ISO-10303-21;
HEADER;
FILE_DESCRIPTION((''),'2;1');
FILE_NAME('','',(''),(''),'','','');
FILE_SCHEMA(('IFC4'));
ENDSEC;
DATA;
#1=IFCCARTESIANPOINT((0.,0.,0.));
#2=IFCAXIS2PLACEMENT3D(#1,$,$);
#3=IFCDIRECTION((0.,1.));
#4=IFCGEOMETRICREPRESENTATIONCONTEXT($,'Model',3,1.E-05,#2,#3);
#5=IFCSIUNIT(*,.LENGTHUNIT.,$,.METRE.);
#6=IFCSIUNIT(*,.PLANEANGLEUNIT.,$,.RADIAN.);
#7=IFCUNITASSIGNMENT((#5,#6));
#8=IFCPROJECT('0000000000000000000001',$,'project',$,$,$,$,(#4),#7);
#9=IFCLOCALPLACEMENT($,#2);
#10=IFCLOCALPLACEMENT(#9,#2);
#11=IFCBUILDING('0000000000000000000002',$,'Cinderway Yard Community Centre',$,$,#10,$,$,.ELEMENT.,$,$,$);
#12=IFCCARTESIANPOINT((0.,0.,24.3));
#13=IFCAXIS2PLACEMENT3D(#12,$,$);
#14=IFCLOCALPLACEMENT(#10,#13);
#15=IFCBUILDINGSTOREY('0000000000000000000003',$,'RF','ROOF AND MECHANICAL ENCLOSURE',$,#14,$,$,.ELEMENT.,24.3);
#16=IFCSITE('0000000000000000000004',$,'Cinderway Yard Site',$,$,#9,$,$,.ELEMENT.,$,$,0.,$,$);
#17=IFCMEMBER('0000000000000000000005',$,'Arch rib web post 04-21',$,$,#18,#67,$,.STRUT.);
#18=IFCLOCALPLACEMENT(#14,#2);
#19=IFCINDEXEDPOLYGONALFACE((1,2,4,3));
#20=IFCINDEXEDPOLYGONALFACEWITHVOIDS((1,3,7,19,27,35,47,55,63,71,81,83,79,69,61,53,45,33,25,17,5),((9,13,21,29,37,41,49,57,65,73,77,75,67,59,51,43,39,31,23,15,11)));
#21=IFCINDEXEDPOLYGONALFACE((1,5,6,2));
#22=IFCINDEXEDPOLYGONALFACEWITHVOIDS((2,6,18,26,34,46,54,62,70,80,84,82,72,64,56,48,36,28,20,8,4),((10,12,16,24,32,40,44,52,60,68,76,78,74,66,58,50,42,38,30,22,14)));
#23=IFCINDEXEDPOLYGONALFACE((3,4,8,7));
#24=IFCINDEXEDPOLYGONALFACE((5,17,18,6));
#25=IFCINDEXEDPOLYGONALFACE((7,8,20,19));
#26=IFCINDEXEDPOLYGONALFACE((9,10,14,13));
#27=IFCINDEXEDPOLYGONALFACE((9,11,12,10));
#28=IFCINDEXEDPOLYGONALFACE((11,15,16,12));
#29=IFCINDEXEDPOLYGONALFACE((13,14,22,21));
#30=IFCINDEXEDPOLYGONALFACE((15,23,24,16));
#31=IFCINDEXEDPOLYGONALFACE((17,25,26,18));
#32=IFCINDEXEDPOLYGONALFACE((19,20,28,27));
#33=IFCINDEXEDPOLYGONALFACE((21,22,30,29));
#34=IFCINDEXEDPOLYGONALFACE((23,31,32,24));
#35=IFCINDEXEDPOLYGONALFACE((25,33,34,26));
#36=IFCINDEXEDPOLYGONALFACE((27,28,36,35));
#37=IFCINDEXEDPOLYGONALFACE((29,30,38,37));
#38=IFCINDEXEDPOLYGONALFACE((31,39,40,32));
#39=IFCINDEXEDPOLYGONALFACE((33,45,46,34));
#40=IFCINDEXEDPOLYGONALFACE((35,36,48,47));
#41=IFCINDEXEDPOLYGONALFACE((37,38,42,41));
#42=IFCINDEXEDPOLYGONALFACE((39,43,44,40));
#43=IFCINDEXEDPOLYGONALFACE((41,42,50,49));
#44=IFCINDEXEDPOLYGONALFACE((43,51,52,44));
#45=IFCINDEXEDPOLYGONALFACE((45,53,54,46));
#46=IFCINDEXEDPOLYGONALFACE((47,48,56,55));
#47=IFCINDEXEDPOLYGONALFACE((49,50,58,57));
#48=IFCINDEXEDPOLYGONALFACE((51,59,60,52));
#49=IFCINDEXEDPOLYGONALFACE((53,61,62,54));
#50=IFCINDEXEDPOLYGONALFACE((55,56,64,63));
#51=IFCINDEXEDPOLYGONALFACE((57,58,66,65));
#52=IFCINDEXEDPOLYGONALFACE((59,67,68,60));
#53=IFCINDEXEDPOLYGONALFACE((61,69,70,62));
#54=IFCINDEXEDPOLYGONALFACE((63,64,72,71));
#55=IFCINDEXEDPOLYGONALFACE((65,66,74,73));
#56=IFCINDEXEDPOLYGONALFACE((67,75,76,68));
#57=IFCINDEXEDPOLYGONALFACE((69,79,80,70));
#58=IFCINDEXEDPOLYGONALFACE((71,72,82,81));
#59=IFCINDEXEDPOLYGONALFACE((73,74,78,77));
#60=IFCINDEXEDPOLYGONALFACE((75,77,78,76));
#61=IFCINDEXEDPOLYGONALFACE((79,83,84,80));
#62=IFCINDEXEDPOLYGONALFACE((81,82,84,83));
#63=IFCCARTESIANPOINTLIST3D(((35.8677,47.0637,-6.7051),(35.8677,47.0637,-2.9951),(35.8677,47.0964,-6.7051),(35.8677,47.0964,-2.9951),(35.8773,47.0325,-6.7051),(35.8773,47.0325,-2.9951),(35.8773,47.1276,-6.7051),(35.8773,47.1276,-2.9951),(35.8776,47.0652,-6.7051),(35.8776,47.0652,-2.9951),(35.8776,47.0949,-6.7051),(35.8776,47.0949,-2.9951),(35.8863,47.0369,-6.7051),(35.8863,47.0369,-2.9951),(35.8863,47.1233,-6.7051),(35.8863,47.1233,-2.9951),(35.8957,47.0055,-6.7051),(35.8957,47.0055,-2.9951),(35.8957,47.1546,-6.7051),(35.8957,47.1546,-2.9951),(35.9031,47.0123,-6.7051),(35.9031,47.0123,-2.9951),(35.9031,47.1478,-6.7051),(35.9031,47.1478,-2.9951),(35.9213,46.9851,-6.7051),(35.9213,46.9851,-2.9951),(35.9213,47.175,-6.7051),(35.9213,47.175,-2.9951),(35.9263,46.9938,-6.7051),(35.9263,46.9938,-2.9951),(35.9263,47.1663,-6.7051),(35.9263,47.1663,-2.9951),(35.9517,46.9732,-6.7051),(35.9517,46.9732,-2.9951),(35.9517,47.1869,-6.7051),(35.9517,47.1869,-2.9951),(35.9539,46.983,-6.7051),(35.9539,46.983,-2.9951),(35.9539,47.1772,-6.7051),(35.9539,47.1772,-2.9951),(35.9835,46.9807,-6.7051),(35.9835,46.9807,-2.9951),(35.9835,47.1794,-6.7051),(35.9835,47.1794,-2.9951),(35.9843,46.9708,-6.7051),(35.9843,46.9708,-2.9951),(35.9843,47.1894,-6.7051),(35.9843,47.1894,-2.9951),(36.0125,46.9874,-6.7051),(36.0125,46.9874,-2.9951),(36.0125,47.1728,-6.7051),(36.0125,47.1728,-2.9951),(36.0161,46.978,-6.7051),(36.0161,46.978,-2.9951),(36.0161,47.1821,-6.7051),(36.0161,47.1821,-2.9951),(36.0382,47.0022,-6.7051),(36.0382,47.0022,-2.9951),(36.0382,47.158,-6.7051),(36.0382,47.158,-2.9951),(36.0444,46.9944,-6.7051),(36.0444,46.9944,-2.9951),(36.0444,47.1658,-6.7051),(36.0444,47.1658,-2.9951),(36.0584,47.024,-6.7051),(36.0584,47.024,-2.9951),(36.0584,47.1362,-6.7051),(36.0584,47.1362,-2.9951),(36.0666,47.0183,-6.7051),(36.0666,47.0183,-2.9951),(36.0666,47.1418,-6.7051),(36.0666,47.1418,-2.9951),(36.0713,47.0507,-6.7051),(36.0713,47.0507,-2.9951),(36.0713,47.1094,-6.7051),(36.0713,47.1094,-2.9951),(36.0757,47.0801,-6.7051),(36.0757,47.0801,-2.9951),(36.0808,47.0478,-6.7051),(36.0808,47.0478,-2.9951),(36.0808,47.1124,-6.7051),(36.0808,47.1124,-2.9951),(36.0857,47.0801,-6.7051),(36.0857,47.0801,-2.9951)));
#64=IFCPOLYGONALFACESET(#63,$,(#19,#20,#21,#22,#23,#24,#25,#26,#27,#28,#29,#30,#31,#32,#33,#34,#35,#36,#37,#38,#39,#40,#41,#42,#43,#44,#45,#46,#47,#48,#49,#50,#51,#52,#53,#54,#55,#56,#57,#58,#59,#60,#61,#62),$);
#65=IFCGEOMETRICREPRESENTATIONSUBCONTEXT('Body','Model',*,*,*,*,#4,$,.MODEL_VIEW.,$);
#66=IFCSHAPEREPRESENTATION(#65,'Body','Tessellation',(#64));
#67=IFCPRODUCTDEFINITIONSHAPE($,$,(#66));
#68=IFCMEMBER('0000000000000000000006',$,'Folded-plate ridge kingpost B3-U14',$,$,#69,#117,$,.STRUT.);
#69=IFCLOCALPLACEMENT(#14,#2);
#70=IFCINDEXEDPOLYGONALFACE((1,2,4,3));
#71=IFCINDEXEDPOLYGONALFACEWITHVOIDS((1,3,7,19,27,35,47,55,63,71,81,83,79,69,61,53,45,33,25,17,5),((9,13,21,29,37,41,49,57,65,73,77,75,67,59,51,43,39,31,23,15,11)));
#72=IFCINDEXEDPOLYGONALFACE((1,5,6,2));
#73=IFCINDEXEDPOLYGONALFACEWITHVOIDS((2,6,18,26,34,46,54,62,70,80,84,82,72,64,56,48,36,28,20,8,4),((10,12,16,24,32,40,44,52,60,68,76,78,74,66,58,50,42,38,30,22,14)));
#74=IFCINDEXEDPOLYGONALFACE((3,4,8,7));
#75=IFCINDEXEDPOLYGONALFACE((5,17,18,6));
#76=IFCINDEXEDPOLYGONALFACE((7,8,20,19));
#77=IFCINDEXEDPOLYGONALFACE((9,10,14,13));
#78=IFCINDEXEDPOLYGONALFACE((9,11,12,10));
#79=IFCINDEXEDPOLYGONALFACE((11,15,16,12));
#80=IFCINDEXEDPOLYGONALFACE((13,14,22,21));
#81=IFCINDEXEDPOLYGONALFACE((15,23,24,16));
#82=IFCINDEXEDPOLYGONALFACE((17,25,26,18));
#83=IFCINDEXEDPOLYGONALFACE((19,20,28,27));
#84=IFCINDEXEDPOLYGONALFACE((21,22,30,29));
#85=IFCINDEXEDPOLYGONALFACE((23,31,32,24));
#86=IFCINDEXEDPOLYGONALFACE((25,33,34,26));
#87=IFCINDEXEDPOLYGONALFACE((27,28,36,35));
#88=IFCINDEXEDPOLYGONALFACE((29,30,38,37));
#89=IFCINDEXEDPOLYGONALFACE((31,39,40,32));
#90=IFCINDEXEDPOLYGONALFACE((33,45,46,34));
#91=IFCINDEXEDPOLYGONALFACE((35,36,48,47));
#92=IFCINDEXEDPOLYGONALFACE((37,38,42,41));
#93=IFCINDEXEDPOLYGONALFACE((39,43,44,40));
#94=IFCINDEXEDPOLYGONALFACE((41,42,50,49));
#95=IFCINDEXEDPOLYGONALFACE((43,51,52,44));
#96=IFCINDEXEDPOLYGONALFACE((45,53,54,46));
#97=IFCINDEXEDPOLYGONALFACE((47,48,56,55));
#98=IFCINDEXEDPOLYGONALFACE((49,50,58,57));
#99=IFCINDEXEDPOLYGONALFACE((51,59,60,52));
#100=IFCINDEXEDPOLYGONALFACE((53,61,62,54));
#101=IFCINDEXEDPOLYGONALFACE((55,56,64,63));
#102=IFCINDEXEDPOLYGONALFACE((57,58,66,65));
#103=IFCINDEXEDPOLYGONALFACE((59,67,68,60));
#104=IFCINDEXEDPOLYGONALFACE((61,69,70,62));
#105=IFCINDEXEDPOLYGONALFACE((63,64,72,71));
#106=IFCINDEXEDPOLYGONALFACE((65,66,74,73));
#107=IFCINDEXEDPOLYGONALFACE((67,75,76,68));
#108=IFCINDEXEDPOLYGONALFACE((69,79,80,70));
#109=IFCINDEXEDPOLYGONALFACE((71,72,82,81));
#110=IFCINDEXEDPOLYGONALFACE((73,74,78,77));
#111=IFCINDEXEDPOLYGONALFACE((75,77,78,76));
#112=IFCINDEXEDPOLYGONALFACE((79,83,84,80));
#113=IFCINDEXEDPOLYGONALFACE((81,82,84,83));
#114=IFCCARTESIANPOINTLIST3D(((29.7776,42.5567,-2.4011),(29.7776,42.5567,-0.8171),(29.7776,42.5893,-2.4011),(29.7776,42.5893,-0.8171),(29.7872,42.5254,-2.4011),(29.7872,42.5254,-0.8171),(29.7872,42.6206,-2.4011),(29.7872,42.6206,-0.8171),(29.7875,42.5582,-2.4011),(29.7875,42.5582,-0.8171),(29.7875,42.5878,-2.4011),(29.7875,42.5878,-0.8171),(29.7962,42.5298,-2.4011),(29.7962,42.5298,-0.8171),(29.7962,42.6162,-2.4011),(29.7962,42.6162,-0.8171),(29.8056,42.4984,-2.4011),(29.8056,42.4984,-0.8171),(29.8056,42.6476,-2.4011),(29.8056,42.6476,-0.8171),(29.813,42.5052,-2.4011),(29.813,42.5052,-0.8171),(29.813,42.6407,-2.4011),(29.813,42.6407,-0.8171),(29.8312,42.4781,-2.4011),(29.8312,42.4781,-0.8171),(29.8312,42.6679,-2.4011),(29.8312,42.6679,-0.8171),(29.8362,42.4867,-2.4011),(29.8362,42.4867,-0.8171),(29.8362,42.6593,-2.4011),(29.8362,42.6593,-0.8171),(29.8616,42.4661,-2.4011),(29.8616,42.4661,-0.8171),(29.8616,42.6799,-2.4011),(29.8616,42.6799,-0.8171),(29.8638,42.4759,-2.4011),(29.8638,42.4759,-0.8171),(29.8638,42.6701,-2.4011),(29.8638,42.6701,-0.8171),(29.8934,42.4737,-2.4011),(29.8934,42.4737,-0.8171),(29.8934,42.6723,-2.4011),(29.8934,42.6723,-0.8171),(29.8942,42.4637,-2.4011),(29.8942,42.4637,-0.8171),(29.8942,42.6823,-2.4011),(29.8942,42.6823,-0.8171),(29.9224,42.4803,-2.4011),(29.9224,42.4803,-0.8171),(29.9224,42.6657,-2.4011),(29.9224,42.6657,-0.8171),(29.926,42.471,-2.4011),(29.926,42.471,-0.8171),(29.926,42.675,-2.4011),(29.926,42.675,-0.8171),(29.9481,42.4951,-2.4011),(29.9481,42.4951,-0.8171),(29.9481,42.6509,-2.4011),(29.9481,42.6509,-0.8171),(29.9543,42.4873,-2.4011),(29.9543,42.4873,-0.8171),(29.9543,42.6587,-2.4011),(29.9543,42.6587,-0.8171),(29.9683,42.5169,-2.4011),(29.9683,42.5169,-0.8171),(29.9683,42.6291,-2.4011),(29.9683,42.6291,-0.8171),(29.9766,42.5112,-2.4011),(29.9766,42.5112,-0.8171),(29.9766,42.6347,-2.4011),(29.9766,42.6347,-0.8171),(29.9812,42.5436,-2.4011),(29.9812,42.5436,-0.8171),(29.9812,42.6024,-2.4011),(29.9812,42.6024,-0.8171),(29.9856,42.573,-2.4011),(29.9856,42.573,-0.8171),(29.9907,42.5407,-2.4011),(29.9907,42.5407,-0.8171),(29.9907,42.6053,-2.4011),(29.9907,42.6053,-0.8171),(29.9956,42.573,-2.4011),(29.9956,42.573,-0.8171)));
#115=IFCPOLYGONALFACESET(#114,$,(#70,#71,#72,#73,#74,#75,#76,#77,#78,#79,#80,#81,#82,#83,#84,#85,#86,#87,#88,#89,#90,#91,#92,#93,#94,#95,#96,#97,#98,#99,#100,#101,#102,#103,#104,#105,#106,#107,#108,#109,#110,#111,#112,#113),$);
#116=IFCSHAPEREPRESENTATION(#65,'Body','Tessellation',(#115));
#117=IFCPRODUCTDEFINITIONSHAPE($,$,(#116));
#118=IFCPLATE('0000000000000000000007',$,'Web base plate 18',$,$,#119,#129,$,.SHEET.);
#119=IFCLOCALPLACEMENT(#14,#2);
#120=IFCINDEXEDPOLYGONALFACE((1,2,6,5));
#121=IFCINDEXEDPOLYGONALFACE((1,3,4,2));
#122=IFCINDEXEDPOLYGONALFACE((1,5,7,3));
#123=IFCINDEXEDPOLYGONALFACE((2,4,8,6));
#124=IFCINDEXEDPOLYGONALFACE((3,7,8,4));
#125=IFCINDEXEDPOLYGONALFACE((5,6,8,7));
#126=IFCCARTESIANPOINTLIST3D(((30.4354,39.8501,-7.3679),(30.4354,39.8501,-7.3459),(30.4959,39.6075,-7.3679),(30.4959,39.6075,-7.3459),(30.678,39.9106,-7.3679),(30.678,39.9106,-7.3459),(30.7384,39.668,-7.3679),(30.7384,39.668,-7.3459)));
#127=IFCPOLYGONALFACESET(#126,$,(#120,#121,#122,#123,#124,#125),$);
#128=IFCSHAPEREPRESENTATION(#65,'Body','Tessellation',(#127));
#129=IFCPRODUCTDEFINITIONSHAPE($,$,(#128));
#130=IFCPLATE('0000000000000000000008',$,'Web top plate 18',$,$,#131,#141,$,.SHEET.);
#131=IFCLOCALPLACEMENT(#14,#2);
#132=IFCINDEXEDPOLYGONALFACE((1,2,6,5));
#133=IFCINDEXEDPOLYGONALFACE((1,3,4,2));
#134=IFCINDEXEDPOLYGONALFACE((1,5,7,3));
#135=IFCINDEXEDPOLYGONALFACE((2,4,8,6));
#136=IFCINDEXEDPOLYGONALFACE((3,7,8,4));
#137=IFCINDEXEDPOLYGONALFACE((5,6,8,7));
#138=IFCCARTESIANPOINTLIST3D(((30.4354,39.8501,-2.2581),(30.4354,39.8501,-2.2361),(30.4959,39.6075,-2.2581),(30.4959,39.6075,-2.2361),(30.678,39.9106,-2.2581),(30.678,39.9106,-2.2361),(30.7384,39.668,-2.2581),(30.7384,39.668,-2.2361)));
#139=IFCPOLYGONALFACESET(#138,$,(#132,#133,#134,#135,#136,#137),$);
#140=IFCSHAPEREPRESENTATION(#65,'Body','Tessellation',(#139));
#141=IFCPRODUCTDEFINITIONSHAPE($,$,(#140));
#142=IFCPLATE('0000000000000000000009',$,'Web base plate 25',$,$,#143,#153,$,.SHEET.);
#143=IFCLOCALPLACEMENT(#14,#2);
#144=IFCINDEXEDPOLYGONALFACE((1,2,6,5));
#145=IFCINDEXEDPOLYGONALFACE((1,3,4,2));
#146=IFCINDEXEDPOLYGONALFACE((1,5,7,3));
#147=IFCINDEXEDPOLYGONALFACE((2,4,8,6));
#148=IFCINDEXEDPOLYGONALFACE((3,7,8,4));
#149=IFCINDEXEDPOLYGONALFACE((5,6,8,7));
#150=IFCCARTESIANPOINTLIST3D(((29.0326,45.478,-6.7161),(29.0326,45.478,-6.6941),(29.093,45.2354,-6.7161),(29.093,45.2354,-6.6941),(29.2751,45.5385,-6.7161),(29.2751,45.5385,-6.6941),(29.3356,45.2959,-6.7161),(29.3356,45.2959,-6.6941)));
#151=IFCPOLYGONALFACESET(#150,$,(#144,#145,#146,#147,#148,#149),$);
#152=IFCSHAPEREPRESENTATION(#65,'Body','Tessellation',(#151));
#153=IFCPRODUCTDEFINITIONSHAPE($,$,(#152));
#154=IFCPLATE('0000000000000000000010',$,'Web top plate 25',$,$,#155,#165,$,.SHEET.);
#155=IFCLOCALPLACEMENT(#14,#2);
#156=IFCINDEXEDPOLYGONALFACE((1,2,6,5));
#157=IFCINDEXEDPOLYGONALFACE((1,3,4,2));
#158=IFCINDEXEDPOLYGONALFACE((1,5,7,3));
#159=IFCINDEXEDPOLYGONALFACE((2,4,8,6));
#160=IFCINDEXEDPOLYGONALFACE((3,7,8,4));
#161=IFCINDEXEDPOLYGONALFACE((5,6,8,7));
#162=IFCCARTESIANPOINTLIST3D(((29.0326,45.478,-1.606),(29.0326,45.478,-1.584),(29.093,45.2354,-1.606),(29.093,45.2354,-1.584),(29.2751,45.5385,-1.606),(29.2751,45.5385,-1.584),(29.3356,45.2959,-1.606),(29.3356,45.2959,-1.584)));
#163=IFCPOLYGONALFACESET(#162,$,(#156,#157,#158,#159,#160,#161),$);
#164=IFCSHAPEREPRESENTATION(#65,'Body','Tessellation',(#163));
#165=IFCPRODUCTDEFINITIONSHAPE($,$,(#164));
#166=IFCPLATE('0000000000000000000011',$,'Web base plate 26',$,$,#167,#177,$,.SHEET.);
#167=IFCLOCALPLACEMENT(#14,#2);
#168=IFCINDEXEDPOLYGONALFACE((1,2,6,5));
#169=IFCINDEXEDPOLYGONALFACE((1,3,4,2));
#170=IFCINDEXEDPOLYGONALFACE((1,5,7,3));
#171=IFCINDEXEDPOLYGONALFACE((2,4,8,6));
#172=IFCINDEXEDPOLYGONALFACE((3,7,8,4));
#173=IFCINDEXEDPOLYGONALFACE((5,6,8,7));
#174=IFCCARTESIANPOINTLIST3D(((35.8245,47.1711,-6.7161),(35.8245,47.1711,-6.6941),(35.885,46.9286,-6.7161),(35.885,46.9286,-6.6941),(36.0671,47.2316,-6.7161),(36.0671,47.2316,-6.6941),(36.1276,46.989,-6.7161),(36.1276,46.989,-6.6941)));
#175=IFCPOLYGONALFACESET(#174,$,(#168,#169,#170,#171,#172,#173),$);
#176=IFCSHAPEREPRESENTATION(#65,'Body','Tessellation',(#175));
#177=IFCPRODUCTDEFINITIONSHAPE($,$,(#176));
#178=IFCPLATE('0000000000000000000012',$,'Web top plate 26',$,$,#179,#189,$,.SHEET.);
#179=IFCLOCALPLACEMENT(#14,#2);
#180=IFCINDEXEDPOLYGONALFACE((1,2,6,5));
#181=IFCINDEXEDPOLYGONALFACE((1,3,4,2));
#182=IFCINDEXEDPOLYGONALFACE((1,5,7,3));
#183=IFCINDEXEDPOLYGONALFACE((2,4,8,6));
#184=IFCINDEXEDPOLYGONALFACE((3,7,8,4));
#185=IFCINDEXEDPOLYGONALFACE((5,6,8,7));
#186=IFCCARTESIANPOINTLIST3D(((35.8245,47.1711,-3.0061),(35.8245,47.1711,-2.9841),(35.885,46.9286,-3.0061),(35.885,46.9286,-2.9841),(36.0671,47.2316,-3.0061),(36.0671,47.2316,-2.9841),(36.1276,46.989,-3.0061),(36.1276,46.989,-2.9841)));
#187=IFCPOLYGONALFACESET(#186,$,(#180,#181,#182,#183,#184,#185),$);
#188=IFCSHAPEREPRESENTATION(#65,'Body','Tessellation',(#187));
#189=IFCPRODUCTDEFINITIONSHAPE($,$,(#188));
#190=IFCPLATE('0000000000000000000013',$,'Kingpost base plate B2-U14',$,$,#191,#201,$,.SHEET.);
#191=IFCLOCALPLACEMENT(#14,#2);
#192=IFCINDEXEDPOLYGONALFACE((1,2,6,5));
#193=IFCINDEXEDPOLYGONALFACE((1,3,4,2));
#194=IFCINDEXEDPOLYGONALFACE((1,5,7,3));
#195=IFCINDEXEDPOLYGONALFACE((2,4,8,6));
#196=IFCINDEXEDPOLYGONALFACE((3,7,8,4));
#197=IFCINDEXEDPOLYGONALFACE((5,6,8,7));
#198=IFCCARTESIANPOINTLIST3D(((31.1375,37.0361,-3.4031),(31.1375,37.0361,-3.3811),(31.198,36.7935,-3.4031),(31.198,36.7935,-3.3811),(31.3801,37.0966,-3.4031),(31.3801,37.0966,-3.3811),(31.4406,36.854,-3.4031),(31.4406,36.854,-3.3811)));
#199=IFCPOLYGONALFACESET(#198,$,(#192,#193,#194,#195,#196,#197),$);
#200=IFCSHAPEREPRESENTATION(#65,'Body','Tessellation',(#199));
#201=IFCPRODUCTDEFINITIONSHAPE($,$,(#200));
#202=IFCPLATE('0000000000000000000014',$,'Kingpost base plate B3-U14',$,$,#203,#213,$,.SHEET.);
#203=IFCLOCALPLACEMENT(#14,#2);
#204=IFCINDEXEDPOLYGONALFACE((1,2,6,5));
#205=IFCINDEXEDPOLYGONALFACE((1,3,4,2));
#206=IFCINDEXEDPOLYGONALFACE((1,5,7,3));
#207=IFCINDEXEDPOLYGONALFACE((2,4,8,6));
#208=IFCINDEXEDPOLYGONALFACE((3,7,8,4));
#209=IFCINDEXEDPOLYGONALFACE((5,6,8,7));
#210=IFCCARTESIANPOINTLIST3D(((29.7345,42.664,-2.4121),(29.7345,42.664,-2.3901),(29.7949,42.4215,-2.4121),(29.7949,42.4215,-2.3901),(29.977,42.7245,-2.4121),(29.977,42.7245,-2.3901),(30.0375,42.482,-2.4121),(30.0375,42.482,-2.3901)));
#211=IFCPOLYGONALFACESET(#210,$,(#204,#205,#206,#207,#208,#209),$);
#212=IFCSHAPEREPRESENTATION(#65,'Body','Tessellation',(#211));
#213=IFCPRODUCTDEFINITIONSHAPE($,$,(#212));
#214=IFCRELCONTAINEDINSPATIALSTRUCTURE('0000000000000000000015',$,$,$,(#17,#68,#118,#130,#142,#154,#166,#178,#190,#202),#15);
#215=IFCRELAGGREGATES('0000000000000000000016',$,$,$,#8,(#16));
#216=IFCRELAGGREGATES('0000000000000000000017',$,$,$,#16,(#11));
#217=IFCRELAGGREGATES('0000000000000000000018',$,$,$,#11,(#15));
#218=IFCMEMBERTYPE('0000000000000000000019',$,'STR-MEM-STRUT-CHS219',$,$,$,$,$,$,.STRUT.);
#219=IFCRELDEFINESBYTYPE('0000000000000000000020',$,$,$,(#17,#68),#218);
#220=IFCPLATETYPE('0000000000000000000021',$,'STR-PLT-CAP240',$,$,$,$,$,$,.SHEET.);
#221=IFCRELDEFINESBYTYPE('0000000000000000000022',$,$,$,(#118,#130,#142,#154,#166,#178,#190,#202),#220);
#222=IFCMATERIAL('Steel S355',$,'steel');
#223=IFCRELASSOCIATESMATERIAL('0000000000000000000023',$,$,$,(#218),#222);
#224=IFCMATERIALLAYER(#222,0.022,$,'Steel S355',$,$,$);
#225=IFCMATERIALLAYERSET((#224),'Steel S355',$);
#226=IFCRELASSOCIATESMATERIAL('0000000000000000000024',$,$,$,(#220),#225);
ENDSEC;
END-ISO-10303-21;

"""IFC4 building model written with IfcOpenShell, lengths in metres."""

from ifc_helpers import new_model, si_unit, direction, frame, origin, origin_2d, place, context, subcontext, project, spatial, rectangle, hollow_circle, extrude, material, layer, layer_set, material_profile, profile_set, type_object, element, save


model = new_model("IFC4")

# Units and contexts
model_context = context("Model", 3, precision=1e-05, world=origin(), true_north=direction((0.0, 1.0)))
body_context = subcontext(model_context, "Body", "Model", "MODEL_VIEW")
ifc_project = project(units=[si_unit("LENGTHUNIT", "METRE"), si_unit("PLANEANGLEUNIT", "RADIAN")], contexts=[model_context])

# Site, building, storey
site_placement = place(None, origin())
site = spatial("IfcSite", under=ifc_project, at=site_placement, Name="Cinderway Yard Site", CompositionType="ELEMENT", RefElevation=0.0)
building_placement = place(site_placement, origin())
building = spatial("IfcBuilding", under=site, at=building_placement, Name="Cinderway Yard Community Centre", CompositionType="ELEMENT")
storey_placement = place(building_placement, frame((0.0, 0.0, 24.3)))
storey = spatial("IfcBuildingStorey", under=building, at=storey_placement, Name="RF", Description="ROOF AND MECHANICAL ENCLOSURE", CompositionType="ELEMENT", Elevation=24.3)

# Shared definitions
ifc_material_1 = material(Name="Steel S355", Category="steel")

# Members
ifc_material_profile_1 = material_profile(ifc_material_1, hollow_circle(Radius=0.1096, WallThickness=0.01, at=origin_2d()), Name="Steel S355")
ifc_profile_set_1 = profile_set([ifc_material_profile_1], Name="Steel S355")
member_type = type_object("IfcMemberType", Name="STR-MEM-STRUT-CHS219", PredefinedType="STRUT", material=ifc_profile_set_1)
member_1_placement = place(storey_placement, frame((35.9761, 47.0801, -6.7051), z_axis=(0.0, 0.0, 1.0), x_axis=(1.0, 0.0, 0.0)))
element("IfcMember", 1, at=member_1_placement, inside=storey, type_object=member_type, Name="Arch rib web post 04-21", PredefinedType="STRUT", context=body_context, shape_type="SweptSolid", body=[
    extrude(hollow_circle(Radius=0.1096, WallThickness=0.01, at=origin_2d()), origin(), (0.0, 0.0, 1.0), 3.71),
])
member_2_placement = place(storey_placement, frame((29.886, 42.573, -2.4011), z_axis=(0.0, 0.0, 1.0), x_axis=(1.0, 0.0, 0.0)))
element("IfcMember", 2, at=member_2_placement, inside=storey, type_object=member_type, Name="Folded-plate ridge kingpost B3-U14", PredefinedType="STRUT", context=body_context, shape_type="SweptSolid", body=[
    extrude(hollow_circle(Radius=0.1096, WallThickness=0.01, at=origin_2d()), origin(), (0.0, 0.0, 1.0), 1.584),
])

# Plates
ifc_layer_1 = layer(ifc_material_1, 0.022, Name="Steel S355")
ifc_layer_set_1 = layer_set([ifc_layer_1], Name="Steel S355")
plate_type_1 = type_object("IfcPlateType", Name="STR-PLT-CAP240", PredefinedType="SHEET", material=ifc_layer_set_1)
for number, where, z_axis, x_axis, name in (
    (3, (30.5869, 39.759, -7.3679), (0.0, 0.0, 1.0), (0.970296, 0.241922, 0.0), "Web base plate 18"),
    (4, (30.5869, 39.759, -2.2581), (0.0, 0.0, 1.0), (0.970296, 0.241922, 0.0), "Web top plate 18"),
    (5, (29.1841, 45.387, -6.7161), (0.0, 0.0, 1.0), (0.970296, 0.241922, 0.0), "Web base plate 25"),
    (6, (29.1841, 45.387, -1.606), (0.0, 0.0, 1.0), (0.970296, 0.241922, 0.0), "Web top plate 25"),
    (7, (35.9761, 47.0801, -6.7161), (0.0, 0.0, 1.0), (0.970296, 0.241922, 0.0), "Web base plate 26"),
    (8, (35.9761, 47.0801, -3.0061), (0.0, 0.0, 1.0), (0.970296, 0.241922, 0.0), "Web top plate 26"),
    (9, (31.2891, 36.9451, -3.4031), (0.0, 0.0, 1.0), (0.970296, 0.241922, 0.0), "Kingpost base plate B2-U14"),
    (10, (29.886, 42.573, -2.4121), (0.0, 0.0, 1.0), (0.970296, 0.241922, 0.0), "Kingpost base plate B3-U14"),
):
    element("IfcPlate", number, at=place(storey_placement, frame(where, z_axis=z_axis, x_axis=x_axis)), inside=storey, type_object=plate_type_1, Name=name, PredefinedType="SHEET", context=body_context, shape_type="SweptSolid", body=[
        extrude(rectangle(XDim=0.25, YDim=0.25, at=origin_2d()), origin(), (0.0, 0.0, 1.0), 0.022),
    ])

save(model, "model.ifc")
